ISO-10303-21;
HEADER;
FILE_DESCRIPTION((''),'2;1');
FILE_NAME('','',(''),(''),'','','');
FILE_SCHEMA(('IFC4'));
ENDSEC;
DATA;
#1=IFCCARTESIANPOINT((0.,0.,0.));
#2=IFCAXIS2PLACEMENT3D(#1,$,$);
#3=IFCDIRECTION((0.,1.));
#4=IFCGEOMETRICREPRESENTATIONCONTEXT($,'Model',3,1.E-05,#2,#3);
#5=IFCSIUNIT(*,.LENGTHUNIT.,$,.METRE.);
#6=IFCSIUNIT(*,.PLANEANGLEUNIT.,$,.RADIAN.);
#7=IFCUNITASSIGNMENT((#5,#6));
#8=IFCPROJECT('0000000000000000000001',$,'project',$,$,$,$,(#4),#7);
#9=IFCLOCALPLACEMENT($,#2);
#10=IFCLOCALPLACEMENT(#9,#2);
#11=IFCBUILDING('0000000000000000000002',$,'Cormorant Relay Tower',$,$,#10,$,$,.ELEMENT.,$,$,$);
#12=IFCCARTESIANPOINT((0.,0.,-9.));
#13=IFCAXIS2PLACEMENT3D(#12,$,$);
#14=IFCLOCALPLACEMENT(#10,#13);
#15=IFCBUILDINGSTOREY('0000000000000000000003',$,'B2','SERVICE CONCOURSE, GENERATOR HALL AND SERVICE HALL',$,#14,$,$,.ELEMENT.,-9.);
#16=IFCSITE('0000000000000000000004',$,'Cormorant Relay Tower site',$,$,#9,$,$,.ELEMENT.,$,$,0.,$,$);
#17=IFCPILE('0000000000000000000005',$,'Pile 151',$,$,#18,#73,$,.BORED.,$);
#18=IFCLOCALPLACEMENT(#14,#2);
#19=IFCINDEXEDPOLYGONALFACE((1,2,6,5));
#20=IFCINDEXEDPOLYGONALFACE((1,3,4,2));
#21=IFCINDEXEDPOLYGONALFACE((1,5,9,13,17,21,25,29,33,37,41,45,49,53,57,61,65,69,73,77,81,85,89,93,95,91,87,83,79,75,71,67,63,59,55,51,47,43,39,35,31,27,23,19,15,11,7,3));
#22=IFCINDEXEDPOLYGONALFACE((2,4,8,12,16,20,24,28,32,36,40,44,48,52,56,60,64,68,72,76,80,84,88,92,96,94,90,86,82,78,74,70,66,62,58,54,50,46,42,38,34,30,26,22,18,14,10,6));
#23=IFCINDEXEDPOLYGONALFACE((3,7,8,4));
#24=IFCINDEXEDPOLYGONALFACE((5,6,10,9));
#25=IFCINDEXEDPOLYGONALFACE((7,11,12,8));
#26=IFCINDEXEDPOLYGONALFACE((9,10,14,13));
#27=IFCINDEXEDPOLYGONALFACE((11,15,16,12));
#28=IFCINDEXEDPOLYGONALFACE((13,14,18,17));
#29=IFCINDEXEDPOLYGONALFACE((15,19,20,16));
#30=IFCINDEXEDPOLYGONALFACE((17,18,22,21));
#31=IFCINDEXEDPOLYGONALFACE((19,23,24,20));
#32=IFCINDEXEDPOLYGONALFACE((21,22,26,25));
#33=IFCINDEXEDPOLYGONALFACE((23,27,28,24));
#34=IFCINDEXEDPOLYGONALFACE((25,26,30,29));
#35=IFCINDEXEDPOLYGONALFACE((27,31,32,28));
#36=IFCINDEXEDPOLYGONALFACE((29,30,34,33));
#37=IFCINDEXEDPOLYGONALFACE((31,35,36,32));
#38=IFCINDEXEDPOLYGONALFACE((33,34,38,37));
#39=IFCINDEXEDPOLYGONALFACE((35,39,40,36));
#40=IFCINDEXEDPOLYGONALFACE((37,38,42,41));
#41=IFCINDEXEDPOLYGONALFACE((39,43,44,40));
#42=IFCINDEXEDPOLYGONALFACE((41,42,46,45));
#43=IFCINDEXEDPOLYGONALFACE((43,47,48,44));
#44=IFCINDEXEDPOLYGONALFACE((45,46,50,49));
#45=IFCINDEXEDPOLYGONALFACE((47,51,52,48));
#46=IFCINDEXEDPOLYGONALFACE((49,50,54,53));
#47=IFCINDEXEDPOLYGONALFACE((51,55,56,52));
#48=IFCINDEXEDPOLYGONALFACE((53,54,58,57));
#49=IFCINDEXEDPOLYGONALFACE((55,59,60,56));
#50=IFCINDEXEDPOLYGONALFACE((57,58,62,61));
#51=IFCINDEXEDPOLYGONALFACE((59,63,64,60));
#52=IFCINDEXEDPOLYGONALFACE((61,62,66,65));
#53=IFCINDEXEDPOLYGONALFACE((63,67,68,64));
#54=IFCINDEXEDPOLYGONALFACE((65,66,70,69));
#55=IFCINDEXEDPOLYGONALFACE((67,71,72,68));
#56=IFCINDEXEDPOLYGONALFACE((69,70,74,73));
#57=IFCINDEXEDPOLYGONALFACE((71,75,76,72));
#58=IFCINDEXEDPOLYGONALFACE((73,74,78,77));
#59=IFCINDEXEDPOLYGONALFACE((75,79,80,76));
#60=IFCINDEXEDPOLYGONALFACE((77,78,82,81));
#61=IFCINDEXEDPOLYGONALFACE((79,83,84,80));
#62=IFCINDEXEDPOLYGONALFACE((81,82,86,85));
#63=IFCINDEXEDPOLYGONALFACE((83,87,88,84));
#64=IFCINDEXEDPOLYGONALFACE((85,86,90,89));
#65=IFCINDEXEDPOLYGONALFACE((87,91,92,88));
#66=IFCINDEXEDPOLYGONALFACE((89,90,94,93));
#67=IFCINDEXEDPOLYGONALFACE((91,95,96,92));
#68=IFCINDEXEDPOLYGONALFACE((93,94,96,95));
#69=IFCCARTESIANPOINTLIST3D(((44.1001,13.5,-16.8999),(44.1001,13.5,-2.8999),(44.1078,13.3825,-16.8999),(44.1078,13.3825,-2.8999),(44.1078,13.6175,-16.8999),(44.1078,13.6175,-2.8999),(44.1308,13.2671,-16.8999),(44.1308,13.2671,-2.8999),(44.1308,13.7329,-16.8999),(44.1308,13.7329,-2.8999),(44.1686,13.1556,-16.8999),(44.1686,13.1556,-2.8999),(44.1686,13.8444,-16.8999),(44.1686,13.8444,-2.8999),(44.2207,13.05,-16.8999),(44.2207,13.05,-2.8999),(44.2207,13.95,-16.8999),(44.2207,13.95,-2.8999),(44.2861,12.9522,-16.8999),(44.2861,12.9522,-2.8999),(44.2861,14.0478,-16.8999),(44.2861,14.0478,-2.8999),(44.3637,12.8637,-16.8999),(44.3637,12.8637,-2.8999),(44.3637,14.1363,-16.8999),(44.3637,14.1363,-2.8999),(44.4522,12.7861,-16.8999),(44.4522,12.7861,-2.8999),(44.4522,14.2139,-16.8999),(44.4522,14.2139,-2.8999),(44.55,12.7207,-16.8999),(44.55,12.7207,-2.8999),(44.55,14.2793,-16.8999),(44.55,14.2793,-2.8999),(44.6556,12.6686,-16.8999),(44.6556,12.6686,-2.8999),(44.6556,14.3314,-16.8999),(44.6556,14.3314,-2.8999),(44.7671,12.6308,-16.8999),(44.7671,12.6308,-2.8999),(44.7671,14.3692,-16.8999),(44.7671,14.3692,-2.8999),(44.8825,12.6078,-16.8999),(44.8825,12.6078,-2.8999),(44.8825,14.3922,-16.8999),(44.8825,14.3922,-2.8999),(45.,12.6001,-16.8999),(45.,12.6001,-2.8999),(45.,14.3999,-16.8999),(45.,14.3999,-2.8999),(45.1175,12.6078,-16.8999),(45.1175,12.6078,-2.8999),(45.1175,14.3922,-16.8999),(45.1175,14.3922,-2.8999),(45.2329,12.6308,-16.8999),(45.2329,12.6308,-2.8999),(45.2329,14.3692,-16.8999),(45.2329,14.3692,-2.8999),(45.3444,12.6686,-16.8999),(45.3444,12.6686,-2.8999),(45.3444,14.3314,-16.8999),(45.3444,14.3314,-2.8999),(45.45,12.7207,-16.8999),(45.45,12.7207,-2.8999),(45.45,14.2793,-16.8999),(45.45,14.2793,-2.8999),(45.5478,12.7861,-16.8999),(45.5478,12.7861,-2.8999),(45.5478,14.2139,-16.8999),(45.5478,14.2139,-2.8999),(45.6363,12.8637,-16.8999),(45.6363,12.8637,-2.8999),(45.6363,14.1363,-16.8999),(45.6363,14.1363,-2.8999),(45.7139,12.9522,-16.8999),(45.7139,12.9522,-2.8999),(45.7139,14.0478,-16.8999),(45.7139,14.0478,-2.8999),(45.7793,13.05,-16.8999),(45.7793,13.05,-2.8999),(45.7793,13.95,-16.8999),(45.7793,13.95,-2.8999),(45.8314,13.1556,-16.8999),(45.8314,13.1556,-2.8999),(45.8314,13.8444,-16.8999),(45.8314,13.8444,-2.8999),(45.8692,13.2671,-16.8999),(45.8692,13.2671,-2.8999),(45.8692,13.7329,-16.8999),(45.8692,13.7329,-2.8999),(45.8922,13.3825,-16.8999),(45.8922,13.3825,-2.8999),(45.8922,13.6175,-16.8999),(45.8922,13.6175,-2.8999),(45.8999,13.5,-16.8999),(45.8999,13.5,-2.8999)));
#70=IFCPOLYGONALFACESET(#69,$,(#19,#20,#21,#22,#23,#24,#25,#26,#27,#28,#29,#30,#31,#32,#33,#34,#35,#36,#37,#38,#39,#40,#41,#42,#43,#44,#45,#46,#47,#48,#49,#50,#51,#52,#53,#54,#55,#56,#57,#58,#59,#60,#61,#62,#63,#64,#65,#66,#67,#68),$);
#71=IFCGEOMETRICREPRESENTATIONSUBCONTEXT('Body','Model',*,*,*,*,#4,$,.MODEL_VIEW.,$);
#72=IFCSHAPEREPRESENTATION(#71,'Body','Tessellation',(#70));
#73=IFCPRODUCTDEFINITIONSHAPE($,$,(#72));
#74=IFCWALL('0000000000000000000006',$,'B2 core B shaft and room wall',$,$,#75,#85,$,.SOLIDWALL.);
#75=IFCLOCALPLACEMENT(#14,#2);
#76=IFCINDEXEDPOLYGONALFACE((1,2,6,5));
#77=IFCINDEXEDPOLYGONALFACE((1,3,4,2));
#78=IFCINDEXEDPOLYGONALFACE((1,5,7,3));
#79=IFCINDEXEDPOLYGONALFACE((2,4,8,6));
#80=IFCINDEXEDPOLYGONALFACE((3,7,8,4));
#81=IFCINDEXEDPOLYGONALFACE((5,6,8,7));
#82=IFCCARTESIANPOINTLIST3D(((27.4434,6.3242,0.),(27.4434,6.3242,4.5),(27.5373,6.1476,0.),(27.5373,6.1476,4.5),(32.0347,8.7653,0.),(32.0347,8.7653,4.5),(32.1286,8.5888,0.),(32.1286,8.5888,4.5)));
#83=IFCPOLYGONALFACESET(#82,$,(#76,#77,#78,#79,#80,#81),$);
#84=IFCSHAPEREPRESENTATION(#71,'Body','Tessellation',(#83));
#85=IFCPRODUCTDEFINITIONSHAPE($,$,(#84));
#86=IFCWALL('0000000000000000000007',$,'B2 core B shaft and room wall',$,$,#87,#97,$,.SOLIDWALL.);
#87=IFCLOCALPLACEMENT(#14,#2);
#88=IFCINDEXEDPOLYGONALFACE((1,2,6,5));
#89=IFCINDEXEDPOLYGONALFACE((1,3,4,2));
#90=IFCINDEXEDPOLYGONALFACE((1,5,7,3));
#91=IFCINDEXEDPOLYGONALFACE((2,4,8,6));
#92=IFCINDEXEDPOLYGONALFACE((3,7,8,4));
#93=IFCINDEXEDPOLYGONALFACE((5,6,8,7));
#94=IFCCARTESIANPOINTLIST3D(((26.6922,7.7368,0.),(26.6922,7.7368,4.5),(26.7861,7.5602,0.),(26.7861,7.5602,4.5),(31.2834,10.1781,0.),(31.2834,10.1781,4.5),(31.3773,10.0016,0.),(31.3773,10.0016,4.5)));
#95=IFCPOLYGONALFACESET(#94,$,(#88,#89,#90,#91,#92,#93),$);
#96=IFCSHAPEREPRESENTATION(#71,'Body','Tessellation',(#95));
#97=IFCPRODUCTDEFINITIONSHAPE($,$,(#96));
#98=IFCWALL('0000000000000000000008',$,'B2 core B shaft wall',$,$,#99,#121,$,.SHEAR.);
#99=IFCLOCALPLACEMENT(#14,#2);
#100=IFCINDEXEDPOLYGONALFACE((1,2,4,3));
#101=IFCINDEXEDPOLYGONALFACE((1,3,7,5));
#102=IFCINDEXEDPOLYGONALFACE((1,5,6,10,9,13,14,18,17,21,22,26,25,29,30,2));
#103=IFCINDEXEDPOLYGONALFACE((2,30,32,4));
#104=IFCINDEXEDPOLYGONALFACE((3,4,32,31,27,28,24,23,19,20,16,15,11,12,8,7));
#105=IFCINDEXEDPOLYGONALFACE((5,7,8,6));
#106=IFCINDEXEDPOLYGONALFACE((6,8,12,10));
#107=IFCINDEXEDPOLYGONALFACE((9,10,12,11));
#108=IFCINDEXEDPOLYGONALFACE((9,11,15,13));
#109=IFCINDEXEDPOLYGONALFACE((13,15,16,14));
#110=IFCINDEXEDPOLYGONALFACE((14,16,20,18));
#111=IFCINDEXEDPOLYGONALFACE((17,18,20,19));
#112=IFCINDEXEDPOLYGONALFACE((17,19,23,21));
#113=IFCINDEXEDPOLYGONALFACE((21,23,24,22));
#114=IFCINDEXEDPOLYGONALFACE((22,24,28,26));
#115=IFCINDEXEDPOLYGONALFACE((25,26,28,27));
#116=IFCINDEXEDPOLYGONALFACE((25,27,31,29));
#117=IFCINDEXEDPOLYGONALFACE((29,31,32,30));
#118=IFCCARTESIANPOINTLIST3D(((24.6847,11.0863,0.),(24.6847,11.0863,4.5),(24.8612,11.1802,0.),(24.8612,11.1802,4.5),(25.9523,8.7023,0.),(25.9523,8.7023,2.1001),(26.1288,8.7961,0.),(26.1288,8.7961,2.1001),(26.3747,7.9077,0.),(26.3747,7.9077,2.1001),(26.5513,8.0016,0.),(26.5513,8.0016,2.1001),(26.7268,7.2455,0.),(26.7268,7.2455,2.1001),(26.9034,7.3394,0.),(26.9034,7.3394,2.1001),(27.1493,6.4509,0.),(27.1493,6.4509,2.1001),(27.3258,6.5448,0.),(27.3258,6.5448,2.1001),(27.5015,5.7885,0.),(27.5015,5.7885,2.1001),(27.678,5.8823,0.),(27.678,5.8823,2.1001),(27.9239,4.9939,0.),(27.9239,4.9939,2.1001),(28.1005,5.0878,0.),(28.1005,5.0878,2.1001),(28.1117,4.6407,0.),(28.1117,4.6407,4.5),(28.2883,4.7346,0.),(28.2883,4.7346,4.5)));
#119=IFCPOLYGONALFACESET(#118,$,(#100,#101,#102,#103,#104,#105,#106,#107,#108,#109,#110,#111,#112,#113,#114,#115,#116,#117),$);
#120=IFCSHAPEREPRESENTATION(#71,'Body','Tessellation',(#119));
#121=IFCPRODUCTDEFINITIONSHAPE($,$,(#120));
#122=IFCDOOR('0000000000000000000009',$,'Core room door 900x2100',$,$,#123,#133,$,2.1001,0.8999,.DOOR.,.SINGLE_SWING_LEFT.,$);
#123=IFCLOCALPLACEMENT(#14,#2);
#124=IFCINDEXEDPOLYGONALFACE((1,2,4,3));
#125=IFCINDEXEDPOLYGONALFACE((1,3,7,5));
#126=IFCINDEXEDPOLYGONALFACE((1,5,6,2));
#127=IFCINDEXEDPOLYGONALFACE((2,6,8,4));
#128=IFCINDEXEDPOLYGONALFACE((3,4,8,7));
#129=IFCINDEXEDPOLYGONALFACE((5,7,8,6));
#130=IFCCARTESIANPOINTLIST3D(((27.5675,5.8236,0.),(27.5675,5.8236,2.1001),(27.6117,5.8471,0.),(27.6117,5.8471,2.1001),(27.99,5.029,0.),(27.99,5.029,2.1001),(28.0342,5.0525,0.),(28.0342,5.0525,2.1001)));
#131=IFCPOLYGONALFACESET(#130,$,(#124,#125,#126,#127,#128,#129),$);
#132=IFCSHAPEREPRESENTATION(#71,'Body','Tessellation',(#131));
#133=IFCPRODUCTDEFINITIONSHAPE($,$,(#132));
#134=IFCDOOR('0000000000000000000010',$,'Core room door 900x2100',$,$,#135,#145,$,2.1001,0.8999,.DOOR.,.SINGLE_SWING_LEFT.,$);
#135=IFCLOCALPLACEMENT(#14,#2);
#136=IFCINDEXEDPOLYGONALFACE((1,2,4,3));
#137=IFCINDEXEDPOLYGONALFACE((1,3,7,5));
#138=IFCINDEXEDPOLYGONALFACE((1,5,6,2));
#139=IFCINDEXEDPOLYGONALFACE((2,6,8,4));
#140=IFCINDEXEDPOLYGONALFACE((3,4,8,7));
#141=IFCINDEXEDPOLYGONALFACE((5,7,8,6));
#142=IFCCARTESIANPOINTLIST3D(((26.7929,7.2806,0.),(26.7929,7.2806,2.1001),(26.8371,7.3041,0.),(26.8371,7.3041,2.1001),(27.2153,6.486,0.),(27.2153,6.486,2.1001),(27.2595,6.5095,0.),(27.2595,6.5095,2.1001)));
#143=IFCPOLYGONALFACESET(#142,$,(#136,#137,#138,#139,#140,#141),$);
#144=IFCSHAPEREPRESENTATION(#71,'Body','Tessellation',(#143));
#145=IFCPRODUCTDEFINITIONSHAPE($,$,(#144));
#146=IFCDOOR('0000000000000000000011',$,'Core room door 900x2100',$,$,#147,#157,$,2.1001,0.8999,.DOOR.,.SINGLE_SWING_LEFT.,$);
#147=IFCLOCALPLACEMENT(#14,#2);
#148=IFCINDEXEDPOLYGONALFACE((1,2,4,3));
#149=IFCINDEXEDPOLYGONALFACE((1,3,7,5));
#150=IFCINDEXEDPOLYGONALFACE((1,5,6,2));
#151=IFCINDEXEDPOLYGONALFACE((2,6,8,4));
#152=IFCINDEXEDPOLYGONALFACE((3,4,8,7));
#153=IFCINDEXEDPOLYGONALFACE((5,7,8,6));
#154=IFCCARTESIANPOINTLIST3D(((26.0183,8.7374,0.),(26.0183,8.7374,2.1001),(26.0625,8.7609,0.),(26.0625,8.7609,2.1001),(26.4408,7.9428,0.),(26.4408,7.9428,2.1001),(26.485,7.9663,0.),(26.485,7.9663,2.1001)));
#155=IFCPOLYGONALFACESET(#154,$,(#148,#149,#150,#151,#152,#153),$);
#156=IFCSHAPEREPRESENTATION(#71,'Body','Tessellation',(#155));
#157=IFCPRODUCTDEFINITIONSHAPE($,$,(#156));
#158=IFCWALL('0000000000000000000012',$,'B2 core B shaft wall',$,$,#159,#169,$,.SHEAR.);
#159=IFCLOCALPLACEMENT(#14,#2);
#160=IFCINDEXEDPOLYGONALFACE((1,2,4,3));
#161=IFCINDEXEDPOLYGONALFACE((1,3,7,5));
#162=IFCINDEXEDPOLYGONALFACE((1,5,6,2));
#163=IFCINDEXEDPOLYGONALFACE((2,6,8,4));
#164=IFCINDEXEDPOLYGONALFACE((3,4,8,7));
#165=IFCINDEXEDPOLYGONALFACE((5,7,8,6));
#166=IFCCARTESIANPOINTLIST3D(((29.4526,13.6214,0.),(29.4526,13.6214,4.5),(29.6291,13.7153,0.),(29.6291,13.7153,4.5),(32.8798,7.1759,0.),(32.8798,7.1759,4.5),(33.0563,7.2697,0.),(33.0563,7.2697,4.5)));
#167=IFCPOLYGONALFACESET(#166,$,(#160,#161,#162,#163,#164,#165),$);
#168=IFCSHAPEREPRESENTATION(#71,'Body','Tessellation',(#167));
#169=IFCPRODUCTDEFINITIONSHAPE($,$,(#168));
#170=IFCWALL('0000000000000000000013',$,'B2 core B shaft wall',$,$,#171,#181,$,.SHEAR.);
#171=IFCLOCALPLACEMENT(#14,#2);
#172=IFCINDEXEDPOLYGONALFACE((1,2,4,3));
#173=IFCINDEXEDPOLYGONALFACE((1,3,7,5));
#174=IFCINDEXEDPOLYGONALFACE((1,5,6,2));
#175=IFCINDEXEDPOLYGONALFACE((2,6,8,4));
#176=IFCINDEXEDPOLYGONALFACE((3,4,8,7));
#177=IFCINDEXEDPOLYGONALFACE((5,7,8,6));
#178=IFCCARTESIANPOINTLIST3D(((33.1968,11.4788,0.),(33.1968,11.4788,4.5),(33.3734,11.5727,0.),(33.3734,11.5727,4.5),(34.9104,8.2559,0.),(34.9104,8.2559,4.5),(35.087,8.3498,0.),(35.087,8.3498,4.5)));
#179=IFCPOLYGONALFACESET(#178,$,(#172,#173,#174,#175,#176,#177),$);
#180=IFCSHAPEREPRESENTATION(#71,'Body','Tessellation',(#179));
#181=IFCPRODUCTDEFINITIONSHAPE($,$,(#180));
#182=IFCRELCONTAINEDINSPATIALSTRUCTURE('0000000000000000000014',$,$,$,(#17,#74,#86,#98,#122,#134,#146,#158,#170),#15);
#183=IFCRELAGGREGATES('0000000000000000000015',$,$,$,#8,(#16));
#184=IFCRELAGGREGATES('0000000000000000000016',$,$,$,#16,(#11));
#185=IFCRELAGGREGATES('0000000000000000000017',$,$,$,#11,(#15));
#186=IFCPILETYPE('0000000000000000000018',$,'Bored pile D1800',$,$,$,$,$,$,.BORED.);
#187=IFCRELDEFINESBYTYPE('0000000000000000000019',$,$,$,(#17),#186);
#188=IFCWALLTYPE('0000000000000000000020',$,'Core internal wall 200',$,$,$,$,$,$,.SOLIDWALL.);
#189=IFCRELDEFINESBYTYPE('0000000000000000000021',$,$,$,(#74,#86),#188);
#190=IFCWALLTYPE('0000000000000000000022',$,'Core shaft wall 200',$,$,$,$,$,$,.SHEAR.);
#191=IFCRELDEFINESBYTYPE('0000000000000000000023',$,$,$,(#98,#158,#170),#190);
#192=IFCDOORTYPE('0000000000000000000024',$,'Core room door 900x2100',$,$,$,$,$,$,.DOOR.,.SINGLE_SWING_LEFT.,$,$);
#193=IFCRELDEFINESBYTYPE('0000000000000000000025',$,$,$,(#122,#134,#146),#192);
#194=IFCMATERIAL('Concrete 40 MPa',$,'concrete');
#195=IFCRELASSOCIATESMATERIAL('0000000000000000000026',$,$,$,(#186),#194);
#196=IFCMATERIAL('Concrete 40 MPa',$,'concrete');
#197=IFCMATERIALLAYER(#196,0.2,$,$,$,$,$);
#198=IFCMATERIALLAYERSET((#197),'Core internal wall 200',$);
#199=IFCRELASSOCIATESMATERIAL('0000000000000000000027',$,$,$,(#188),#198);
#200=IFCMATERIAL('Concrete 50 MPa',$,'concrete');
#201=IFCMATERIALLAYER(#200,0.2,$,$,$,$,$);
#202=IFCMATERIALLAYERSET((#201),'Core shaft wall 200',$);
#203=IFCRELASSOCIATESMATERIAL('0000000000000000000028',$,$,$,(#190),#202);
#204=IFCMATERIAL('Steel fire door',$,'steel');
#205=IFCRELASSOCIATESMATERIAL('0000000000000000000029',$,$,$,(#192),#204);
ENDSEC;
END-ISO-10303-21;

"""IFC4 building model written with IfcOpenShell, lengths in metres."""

from ifc_helpers import new_model, si_unit, direction, frame, frame_2d, origin, origin_2d, place, context, subcontext, project, spatial, rectangle, circle, extrude, material, layer, layer_set, material_profile, profile_set, type_object, element, fill, save


model = new_model("IFC4")

# Units and contexts
model_context = context("Model", 3, precision=1e-05, world=origin(), true_north=direction((0.0, 1.0)))
body_context = subcontext(model_context, "Body", "Model", "MODEL_VIEW")
ifc_project = project(units=[si_unit("LENGTHUNIT", "METRE"), si_unit("PLANEANGLEUNIT", "RADIAN")], contexts=[model_context])

# Site, building, storey
site_placement = place(None, origin())
site = spatial("IfcSite", under=ifc_project, at=site_placement, Name="Cormorant Relay Tower site", CompositionType="ELEMENT", RefElevation=0.0)
building_placement = place(site_placement, origin())
building = spatial("IfcBuilding", under=site, at=building_placement, Name="Cormorant Relay Tower", CompositionType="ELEMENT")
storey_placement = place(building_placement, frame((0.0, 0.0, -9.0)))
storey = spatial("IfcBuildingStorey", under=building, at=storey_placement, Name="B2", Description="SERVICE CONCOURSE, GENERATOR HALL AND SERVICE HALL", CompositionType="ELEMENT", Elevation=-9.0)

# Pile
ifc_material_1 = material(Name="Concrete 40 MPa", Category="concrete")
ifc_material_profile = material_profile(ifc_material_1, circle(Radius=0.8999, at=origin_2d()), Name="BP1800")
ifc_profile_set = profile_set([ifc_material_profile], Name="Concrete 40 MPa")
pile_type = type_object("IfcPileType", Name="Bored pile D1800", PredefinedType="BORED", material=ifc_profile_set)
for number, where, z_axis, x_axis, name in (
    (1, (45.0, 13.5, -2.8999), (0.0, 0.0, -1.0), (1.0, 0.0, 0.0), "Pile 151"),
):
    element("IfcPile", number, at=place(storey_placement, frame(where, z_axis=z_axis, x_axis=x_axis)), inside=storey, type_object=pile_type, Name=name, PredefinedType="BORED", context=body_context, shape_type="SweptSolid", body=[
        extrude(circle(Radius=0.8999, at=origin_2d()), origin(), (0.0, 0.0, 1.0), 14.0),
    ])

# Walls
ifc_material_2 = material(Name="Concrete 40 MPa", Category="concrete")
ifc_layer_1 = layer(ifc_material_2, 0.2)
ifc_layer_set_1 = layer_set([ifc_layer_1], Name="Core internal wall 200")
wall_type_1 = type_object("IfcWallType", Name="Core internal wall 200", PredefinedType="SOLIDWALL", material=ifc_layer_set_1)
for number, where, z_axis, x_axis, name in (
    (2, (27.4902, 6.2358, 0.0), (0.0, 0.0, 1.0), (0.882954, 0.46946, 0.0), "B2 core B shaft and room wall"),
    (3, (26.739, 7.6484, 0.0), (0.0, 0.0, 1.0), (0.882935, 0.469496, 0.0), "B2 core B shaft and room wall"),
):
    element("IfcWall", number, at=place(storey_placement, frame(where, z_axis=z_axis, x_axis=x_axis)), inside=storey, type_object=wall_type_1, Name=name, PredefinedType="SOLIDWALL", context=body_context, shape_type="SweptSolid", body=[
        extrude(rectangle(XDim=5.2, YDim=0.2, at=frame_2d((2.6001, 0.0))), origin(), (0.0, 0.0, 1.0), 4.5),
    ])

# Wall, openings, doors
ifc_material_3 = material(Name="Concrete 50 MPa", Category="concrete")
ifc_layer_2 = layer(ifc_material_3, 0.2)
ifc_layer_set_2 = layer_set([ifc_layer_2], Name="Core shaft wall 200")
wall_type_2 = type_object("IfcWallType", Name="Core shaft wall 200", PredefinedType="SHEAR", material=ifc_layer_set_2)
wall_1_placement = place(storey_placement, frame((28.2, 4.6877, 0.0), z_axis=(0.0, 0.0, 1.0), x_axis=(-0.469454, 0.882957, 0.0)))
wall_1 = element("IfcWall", 4, at=wall_1_placement, inside=storey, type_object=wall_type_2, Name="B2 core B shaft wall", PredefinedType="SHEAR", context=body_context, shape_type="SweptSolid", body=[
    extrude(rectangle(XDim=7.3, YDim=0.2, at=frame_2d((3.6499, 0.0))), origin(), (0.0, 0.0, 1.0), 4.5),
])
opening_1_placement = place(wall_1_placement, frame((0.3999, 0.0, 0.0)))
opening_1 = element("IfcOpeningElement", 5, at=opening_1_placement, cuts=wall_1, PredefinedType="OPENING", context=body_context, shape_type="SweptSolid", body=[
    extrude(rectangle(XDim=0.8999, YDim=2.1001, at=frame_2d((0.45, 1.05))), frame((0.0, 0.1099, 0.0), z_axis=(0.0, -1.0, 0.0), x_axis=(1.0, 0.0, 0.0)), (0.0, 0.0, 1.0), 0.22),
])
opening_2_placement = place(wall_1_placement, frame((2.05, 0.0, 0.0)))
opening_2 = element("IfcOpeningElement", 6, at=opening_2_placement, cuts=wall_1, PredefinedType="OPENING", context=body_context, shape_type="SweptSolid", body=[
    extrude(rectangle(XDim=0.8999, YDim=2.1001, at=frame_2d((0.45, 1.05))), frame((0.0, 0.1099, 0.0), z_axis=(0.0, -1.0, 0.0), x_axis=(1.0, 0.0, 0.0)), (0.0, 0.0, 1.0), 0.22),
])
opening_3_placement = place(wall_1_placement, frame((3.7, 0.0, 0.0)))
opening_3 = element("IfcOpeningElement", 7, at=opening_3_placement, cuts=wall_1, PredefinedType="OPENING", context=body_context, shape_type="SweptSolid", body=[
    extrude(rectangle(XDim=0.8999, YDim=2.1001, at=frame_2d((0.45, 1.05))), frame((0.0, 0.1099, 0.0), z_axis=(0.0, -1.0, 0.0), x_axis=(1.0, 0.0, 0.0)), (0.0, 0.0, 1.0), 0.22),
])
ifc_material_4 = material(Name="Steel fire door", Category="steel")
door_type_1 = type_object("IfcDoorType", Name="Core room door 900x2100", OperationType="SINGLE_SWING_LEFT", PredefinedType="DOOR", material=ifc_material_4)
door_1_placement = place(opening_1_placement, frame((0.8999, 0.0, 0.0), z_axis=(0.0, 0.0, 1.0), x_axis=(-1.0, 0.0, 0.0)))
door_1 = element("IfcDoor", 8, at=door_1_placement, inside=storey, type_object=door_type_1, Name="Core room door 900x2100", OperationType="SINGLE_SWING_LEFT", OverallHeight=2.1001, OverallWidth=0.8999, PredefinedType="DOOR", context=body_context, shape_type="SweptSolid", body=[
    extrude(rectangle(XDim=0.8999, YDim=2.1001, at=frame_2d((0.45, 1.05))), frame((0.0, 0.0249, 0.0), z_axis=(0.0, -1.0, 0.0), x_axis=(1.0, 0.0, 0.0)), (0.0, 0.0, 1.0), 0.05),
])
fill(opening_1, door_1)
door_2_placement = place(opening_2_placement, frame((0.8999, 0.0, 0.0), z_axis=(0.0, 0.0, 1.0), x_axis=(-1.0, 0.0, 0.0)))
door_2 = element("IfcDoor", 9, at=door_2_placement, inside=storey, type_object=door_type_1, Name="Core room door 900x2100", OperationType="SINGLE_SWING_LEFT", OverallHeight=2.1001, OverallWidth=0.8999, PredefinedType="DOOR", context=body_context, shape_type="SweptSolid", body=[
    extrude(rectangle(XDim=0.8999, YDim=2.1001, at=frame_2d((0.45, 1.05))), frame((0.0, 0.0249, 0.0), z_axis=(0.0, -1.0, 0.0), x_axis=(1.0, 0.0, 0.0)), (0.0, 0.0, 1.0), 0.05),
])
fill(opening_2, door_2)
door_3_placement = place(opening_3_placement, frame((0.8999, 0.0, 0.0), z_axis=(0.0, 0.0, 1.0), x_axis=(-1.0, 0.0, 0.0)))
door_3 = element("IfcDoor", 10, at=door_3_placement, inside=storey, type_object=door_type_1, Name="Core room door 900x2100", OperationType="SINGLE_SWING_LEFT", OverallHeight=2.1001, OverallWidth=0.8999, PredefinedType="DOOR", context=body_context, shape_type="SweptSolid", body=[
    extrude(rectangle(XDim=0.8999, YDim=2.1001, at=frame_2d((0.45, 1.05))), frame((0.0, 0.0249, 0.0), z_axis=(0.0, -1.0, 0.0), x_axis=(1.0, 0.0, 0.0)), (0.0, 0.0, 1.0), 0.05),
])
fill(opening_3, door_3)

# Walls
wall_2_placement = place(storey_placement, frame((32.968, 7.2229, 0.0), z_axis=(0.0, 0.0, 1.0), x_axis=(-0.46948, 0.882943, 0.0)))
element("IfcWall", 11, at=wall_2_placement, inside=storey, type_object=wall_type_2, Name="B2 core B shaft wall", PredefinedType="SHEAR", context=body_context, shape_type="SweptSolid", body=[
    extrude(rectangle(XDim=7.3, YDim=0.2, at=frame_2d((3.6499, 0.0))), origin(), (0.0, 0.0, 1.0), 4.5),
])
wall_3_placement = place(storey_placement, frame((34.9988, 8.3027, 0.0), z_axis=(0.0, 0.0, 1.0), x_axis=(-0.469467, 0.88295, 0.0)))
element("IfcWall", 12, at=wall_3_placement, inside=storey, type_object=wall_type_2, Name="B2 core B shaft wall", PredefinedType="SHEAR", context=body_context, shape_type="SweptSolid", body=[
    extrude(rectangle(XDim=3.6501, YDim=0.2, at=frame_2d((1.8252, 0.0))), origin(), (0.0, 0.0, 1.0), 4.5),
])

save(model, "model.ifc")
